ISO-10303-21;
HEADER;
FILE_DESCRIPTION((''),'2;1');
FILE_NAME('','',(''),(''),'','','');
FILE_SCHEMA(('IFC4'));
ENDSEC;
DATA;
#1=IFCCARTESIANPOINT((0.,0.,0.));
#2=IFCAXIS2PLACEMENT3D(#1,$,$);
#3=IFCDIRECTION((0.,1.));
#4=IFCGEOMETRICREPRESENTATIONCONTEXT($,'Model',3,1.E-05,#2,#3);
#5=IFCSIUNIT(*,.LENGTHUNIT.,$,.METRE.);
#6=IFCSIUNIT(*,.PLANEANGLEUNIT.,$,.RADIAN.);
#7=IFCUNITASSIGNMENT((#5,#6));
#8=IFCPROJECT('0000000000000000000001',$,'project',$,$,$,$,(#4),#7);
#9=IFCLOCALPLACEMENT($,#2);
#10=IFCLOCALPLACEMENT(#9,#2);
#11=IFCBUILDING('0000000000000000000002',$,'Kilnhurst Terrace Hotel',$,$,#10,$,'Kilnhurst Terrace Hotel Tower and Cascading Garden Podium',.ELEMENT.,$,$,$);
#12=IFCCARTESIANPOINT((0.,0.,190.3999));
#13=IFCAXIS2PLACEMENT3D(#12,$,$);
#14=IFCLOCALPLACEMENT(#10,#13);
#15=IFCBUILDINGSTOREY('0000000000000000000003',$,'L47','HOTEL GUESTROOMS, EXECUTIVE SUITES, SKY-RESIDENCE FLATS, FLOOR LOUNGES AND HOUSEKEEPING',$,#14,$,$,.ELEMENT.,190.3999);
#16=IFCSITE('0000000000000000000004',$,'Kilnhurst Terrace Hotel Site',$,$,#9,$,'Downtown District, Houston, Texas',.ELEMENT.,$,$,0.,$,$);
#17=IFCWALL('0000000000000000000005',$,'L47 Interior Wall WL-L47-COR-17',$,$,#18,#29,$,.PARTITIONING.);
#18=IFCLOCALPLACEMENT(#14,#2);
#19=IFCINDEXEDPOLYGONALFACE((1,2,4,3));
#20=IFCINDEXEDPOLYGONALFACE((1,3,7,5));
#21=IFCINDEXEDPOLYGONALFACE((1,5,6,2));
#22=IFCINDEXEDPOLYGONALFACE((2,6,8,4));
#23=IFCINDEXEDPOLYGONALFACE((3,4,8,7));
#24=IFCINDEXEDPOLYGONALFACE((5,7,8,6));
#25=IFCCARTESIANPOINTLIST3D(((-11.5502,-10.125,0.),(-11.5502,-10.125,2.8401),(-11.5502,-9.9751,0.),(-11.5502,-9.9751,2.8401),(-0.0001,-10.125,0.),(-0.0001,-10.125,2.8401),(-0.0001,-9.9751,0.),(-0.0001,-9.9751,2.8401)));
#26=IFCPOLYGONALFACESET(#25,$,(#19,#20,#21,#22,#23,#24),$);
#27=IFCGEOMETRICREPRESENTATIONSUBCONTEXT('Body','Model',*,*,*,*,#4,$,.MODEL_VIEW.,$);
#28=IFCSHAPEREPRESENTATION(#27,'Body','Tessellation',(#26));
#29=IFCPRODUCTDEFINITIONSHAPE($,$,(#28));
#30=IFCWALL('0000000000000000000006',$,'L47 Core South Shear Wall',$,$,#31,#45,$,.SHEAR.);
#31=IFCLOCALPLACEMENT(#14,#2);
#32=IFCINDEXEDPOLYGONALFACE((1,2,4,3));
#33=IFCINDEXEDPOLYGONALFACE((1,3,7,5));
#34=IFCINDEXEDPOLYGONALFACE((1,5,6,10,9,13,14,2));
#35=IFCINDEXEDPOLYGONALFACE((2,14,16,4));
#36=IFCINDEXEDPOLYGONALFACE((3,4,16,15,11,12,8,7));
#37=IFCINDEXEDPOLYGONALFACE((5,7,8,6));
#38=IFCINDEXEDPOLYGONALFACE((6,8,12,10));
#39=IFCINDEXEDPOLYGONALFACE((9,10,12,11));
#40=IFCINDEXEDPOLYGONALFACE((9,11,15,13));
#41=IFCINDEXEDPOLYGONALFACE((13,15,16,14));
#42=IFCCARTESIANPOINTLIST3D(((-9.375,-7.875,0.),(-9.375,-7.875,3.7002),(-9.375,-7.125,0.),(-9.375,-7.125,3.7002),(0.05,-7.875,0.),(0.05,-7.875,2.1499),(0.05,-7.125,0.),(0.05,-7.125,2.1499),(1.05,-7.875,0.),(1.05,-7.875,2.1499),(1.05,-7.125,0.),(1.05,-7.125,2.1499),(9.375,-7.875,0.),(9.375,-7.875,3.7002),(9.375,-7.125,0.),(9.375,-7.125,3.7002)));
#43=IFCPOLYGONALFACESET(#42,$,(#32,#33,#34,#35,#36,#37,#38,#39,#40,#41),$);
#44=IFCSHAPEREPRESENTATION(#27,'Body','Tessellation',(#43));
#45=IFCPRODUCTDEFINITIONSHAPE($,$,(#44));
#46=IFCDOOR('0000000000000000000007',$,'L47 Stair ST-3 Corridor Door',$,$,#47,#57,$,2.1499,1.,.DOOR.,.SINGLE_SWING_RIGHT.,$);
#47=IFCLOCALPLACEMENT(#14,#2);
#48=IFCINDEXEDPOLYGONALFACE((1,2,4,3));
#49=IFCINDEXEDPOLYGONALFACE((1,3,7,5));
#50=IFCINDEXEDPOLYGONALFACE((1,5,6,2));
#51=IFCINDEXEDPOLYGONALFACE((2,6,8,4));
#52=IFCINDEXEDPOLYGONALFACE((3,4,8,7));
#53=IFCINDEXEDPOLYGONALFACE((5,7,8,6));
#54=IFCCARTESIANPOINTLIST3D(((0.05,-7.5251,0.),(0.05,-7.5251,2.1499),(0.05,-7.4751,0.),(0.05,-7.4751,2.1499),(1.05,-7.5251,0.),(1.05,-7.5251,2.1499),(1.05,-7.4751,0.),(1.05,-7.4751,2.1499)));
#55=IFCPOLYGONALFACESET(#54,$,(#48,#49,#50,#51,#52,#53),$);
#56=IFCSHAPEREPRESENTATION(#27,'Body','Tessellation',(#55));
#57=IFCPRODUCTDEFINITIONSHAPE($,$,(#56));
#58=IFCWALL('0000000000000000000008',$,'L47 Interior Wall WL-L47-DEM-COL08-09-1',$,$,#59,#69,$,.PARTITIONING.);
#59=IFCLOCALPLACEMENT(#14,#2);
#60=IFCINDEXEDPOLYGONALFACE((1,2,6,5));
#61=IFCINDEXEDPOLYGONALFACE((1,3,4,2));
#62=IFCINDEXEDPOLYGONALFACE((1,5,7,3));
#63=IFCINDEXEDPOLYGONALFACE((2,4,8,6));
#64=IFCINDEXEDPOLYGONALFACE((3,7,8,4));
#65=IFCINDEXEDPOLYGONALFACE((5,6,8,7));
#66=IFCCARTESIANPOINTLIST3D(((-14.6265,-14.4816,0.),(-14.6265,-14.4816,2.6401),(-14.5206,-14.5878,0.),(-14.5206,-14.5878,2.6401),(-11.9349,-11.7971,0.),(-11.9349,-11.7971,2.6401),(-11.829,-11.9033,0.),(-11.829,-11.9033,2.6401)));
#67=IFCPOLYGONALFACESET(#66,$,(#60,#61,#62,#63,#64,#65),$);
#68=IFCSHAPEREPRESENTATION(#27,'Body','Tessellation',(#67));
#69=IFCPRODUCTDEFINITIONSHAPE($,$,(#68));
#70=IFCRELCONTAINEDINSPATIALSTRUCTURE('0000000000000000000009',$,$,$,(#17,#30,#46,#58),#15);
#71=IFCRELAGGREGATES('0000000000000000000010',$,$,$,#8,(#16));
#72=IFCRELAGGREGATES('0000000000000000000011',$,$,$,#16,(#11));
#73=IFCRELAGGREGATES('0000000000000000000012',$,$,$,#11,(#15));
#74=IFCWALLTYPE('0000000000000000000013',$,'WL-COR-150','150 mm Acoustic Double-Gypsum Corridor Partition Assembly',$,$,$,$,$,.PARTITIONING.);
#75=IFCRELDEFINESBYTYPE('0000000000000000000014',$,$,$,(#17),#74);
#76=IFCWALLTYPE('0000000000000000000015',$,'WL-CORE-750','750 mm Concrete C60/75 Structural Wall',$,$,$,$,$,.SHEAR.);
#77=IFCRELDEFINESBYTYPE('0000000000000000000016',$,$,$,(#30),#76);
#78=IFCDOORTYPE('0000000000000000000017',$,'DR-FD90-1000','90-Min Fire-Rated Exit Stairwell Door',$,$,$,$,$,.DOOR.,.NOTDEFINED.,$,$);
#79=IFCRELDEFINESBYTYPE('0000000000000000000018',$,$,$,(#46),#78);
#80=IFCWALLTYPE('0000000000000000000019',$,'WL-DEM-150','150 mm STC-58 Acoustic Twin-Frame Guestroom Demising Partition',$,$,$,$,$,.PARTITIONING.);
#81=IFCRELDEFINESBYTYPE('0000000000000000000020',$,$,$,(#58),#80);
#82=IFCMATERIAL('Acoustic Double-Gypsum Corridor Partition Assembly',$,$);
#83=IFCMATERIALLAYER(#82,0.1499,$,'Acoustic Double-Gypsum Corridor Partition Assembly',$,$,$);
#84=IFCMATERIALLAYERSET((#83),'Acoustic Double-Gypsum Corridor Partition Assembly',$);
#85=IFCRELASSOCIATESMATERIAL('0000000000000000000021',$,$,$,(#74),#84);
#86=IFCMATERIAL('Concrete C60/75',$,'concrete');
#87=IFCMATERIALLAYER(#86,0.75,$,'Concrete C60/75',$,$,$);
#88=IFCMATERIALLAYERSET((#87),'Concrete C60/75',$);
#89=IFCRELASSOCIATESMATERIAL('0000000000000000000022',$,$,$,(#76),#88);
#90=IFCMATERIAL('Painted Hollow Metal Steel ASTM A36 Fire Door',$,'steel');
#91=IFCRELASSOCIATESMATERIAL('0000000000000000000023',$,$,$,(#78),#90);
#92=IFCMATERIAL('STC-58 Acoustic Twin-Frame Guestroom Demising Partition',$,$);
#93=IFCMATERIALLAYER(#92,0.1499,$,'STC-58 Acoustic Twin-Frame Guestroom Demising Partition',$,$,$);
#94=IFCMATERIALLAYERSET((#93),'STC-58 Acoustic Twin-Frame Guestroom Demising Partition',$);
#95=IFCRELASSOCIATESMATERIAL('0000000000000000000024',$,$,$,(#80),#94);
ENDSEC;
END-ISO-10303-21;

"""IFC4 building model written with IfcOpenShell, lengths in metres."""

from ifc_helpers import new_model, si_unit, direction, frame, frame_2d, origin, place, context, subcontext, project, spatial, rectangle, extrude, material, layer, layer_set, type_object, element, fill, save


model = new_model("IFC4")

# Units and contexts
model_context = context("Model", 3, precision=1e-05, world=origin(), true_north=direction((0.0, 1.0)))
body_context = subcontext(model_context, "Body", "Model", "MODEL_VIEW")
ifc_project = project(units=[si_unit("LENGTHUNIT", "METRE"), si_unit("PLANEANGLEUNIT", "RADIAN")], contexts=[model_context])

# Site, building, storey
site_placement = place(None, origin())
site = spatial("IfcSite", under=ifc_project, at=site_placement, Name="Kilnhurst Terrace Hotel Site", LongName="Downtown District, Houston, Texas", CompositionType="ELEMENT", RefElevation=0.0)
building_placement = place(site_placement, origin())
building = spatial("IfcBuilding", under=site, at=building_placement, Name="Kilnhurst Terrace Hotel", LongName="Kilnhurst Terrace Hotel Tower and Cascading Garden Podium", CompositionType="ELEMENT")
storey_placement = place(building_placement, frame((0.0, 0.0, 190.3999)))
storey = spatial("IfcBuildingStorey", under=building, at=storey_placement, Name="L47", Description="HOTEL GUESTROOMS, EXECUTIVE SUITES, SKY-RESIDENCE FLATS, FLOOR LOUNGES AND HOUSEKEEPING", CompositionType="ELEMENT", Elevation=190.3999)

# Shared definitions
ifc_material_1 = material(Name="Acoustic Double-Gypsum Corridor Partition Assembly")
ifc_layer_1 = layer(ifc_material_1, 0.1499, Name="Acoustic Double-Gypsum Corridor Partition Assembly")
ifc_layer_set_1 = layer_set([ifc_layer_1], Name="Acoustic Double-Gypsum Corridor Partition Assembly")
wall_type_1 = type_object("IfcWallType", Name="WL-COR-150", Description="150 mm Acoustic Double-Gypsum Corridor Partition Assembly", PredefinedType="PARTITIONING", material=ifc_layer_set_1)

# Wall
wall_1_placement = place(storey_placement, frame((-11.55, -10.05, 0.0), z_axis=(0.0, 0.0, 1.0), x_axis=(1.0, 0.0, 0.0)))
element("IfcWall", 1, at=wall_1_placement, inside=storey, type_object=wall_type_1, Name="L47 Interior Wall WL-L47-COR-17", PredefinedType="PARTITIONING", context=body_context, shape_type="SweptSolid", body=[
    extrude(rectangle(XDim=11.55, YDim=0.1499, at=frame_2d((5.7749, 0.0))), origin(), (0.0, 0.0, 1.0), 2.8401),
])

# Wall, opening, door
ifc_material_2 = material(Name="Concrete C60/75", Category="concrete")
ifc_layer_2 = layer(ifc_material_2, 0.75, Name="Concrete C60/75")
ifc_layer_set_2 = layer_set([ifc_layer_2], Name="Concrete C60/75")
wall_type_2 = type_object("IfcWallType", Name="WL-CORE-750", Description="750 mm Concrete C60/75 Structural Wall", PredefinedType="SHEAR", material=ifc_layer_set_2)
wall_2_placement = place(storey_placement, frame((-9.375, -7.5, 0.0), z_axis=(0.0, 0.0, 1.0), x_axis=(1.0, 0.0, 0.0)))
wall_2 = element("IfcWall", 2, at=wall_2_placement, inside=storey, type_object=wall_type_2, Name="L47 Core South Shear Wall", PredefinedType="SHEAR", context=body_context, shape_type="SweptSolid", body=[
    extrude(rectangle(XDim=18.75, YDim=0.75, at=frame_2d((9.375, 0.0))), origin(), (0.0, 0.0, 1.0), 3.7002),
])
opening_1_placement = place(wall_2_placement, frame((9.425, 0.0, 0.0)))
opening_1 = element("IfcOpeningElement", 3, at=opening_1_placement, cuts=wall_2, PredefinedType="OPENING", context=body_context, shape_type="SweptSolid", body=[
    extrude(rectangle(XDim=1.0, YDim=2.1499, at=frame_2d((0.5, 1.075))), frame((0.0, 0.385, 0.0), z_axis=(0.0, -1.0, 0.0), x_axis=(1.0, 0.0, 0.0)), (0.0, 0.0, 1.0), 0.77),
])
ifc_material_3 = material(Name="Painted Hollow Metal Steel ASTM A36 Fire Door", Category="steel")
door_type_1 = type_object("IfcDoorType", Name="DR-FD90-1000", Description="90-Min Fire-Rated Exit Stairwell Door", OperationType="NOTDEFINED", PredefinedType="DOOR", material=ifc_material_3)
door_1_placement = place(opening_1_placement, origin())
door_1 = element("IfcDoor", 4, at=door_1_placement, inside=storey, type_object=door_type_1, Name="L47 Stair ST-3 Corridor Door", OperationType="SINGLE_SWING_RIGHT", OverallHeight=2.1499, OverallWidth=1.0, PredefinedType="DOOR", context=body_context, shape_type="SweptSolid", body=[
    extrude(rectangle(XDim=1.0, YDim=2.1499, at=frame_2d((0.5, 1.075))), frame((0.0, 0.0249, 0.0), z_axis=(0.0, -1.0, 0.0), x_axis=(1.0, 0.0, 0.0)), (0.0, 0.0, 1.0), 0.05),
])
fill(opening_1, door_1)

# Wall
ifc_material_4 = material(Name="STC-58 Acoustic Twin-Frame Guestroom Demising Partition")
ifc_layer_3 = layer(ifc_material_4, 0.1499, Name="STC-58 Acoustic Twin-Frame Guestroom Demising Partition")
ifc_layer_set_3 = layer_set([ifc_layer_3], Name="STC-58 Acoustic Twin-Frame Guestroom Demising Partition")
wall_type_3 = type_object("IfcWallType", Name="WL-DEM-150", Description="150 mm STC-58 Acoustic Twin-Frame Guestroom Demising Partition", PredefinedType="PARTITIONING", material=ifc_layer_set_3)
wall_3_placement = place(storey_placement, frame((-11.8818, -11.8501, 0.0), z_axis=(0.0, 0.0, 1.0), x_axis=(-0.708037, -0.706175, 0.0)))
element("IfcWall", 5, at=wall_3_placement, inside=storey, type_object=wall_type_3, Name="L47 Interior Wall WL-L47-DEM-COL08-09-1", PredefinedType="PARTITIONING", context=body_context, shape_type="SweptSolid", body=[
    extrude(rectangle(XDim=3.8015, YDim=0.1499, at=frame_2d((1.9009, 0.0))), origin(), (0.0, 0.0, 1.0), 2.6401),
])

save(model, "model.ifc")
